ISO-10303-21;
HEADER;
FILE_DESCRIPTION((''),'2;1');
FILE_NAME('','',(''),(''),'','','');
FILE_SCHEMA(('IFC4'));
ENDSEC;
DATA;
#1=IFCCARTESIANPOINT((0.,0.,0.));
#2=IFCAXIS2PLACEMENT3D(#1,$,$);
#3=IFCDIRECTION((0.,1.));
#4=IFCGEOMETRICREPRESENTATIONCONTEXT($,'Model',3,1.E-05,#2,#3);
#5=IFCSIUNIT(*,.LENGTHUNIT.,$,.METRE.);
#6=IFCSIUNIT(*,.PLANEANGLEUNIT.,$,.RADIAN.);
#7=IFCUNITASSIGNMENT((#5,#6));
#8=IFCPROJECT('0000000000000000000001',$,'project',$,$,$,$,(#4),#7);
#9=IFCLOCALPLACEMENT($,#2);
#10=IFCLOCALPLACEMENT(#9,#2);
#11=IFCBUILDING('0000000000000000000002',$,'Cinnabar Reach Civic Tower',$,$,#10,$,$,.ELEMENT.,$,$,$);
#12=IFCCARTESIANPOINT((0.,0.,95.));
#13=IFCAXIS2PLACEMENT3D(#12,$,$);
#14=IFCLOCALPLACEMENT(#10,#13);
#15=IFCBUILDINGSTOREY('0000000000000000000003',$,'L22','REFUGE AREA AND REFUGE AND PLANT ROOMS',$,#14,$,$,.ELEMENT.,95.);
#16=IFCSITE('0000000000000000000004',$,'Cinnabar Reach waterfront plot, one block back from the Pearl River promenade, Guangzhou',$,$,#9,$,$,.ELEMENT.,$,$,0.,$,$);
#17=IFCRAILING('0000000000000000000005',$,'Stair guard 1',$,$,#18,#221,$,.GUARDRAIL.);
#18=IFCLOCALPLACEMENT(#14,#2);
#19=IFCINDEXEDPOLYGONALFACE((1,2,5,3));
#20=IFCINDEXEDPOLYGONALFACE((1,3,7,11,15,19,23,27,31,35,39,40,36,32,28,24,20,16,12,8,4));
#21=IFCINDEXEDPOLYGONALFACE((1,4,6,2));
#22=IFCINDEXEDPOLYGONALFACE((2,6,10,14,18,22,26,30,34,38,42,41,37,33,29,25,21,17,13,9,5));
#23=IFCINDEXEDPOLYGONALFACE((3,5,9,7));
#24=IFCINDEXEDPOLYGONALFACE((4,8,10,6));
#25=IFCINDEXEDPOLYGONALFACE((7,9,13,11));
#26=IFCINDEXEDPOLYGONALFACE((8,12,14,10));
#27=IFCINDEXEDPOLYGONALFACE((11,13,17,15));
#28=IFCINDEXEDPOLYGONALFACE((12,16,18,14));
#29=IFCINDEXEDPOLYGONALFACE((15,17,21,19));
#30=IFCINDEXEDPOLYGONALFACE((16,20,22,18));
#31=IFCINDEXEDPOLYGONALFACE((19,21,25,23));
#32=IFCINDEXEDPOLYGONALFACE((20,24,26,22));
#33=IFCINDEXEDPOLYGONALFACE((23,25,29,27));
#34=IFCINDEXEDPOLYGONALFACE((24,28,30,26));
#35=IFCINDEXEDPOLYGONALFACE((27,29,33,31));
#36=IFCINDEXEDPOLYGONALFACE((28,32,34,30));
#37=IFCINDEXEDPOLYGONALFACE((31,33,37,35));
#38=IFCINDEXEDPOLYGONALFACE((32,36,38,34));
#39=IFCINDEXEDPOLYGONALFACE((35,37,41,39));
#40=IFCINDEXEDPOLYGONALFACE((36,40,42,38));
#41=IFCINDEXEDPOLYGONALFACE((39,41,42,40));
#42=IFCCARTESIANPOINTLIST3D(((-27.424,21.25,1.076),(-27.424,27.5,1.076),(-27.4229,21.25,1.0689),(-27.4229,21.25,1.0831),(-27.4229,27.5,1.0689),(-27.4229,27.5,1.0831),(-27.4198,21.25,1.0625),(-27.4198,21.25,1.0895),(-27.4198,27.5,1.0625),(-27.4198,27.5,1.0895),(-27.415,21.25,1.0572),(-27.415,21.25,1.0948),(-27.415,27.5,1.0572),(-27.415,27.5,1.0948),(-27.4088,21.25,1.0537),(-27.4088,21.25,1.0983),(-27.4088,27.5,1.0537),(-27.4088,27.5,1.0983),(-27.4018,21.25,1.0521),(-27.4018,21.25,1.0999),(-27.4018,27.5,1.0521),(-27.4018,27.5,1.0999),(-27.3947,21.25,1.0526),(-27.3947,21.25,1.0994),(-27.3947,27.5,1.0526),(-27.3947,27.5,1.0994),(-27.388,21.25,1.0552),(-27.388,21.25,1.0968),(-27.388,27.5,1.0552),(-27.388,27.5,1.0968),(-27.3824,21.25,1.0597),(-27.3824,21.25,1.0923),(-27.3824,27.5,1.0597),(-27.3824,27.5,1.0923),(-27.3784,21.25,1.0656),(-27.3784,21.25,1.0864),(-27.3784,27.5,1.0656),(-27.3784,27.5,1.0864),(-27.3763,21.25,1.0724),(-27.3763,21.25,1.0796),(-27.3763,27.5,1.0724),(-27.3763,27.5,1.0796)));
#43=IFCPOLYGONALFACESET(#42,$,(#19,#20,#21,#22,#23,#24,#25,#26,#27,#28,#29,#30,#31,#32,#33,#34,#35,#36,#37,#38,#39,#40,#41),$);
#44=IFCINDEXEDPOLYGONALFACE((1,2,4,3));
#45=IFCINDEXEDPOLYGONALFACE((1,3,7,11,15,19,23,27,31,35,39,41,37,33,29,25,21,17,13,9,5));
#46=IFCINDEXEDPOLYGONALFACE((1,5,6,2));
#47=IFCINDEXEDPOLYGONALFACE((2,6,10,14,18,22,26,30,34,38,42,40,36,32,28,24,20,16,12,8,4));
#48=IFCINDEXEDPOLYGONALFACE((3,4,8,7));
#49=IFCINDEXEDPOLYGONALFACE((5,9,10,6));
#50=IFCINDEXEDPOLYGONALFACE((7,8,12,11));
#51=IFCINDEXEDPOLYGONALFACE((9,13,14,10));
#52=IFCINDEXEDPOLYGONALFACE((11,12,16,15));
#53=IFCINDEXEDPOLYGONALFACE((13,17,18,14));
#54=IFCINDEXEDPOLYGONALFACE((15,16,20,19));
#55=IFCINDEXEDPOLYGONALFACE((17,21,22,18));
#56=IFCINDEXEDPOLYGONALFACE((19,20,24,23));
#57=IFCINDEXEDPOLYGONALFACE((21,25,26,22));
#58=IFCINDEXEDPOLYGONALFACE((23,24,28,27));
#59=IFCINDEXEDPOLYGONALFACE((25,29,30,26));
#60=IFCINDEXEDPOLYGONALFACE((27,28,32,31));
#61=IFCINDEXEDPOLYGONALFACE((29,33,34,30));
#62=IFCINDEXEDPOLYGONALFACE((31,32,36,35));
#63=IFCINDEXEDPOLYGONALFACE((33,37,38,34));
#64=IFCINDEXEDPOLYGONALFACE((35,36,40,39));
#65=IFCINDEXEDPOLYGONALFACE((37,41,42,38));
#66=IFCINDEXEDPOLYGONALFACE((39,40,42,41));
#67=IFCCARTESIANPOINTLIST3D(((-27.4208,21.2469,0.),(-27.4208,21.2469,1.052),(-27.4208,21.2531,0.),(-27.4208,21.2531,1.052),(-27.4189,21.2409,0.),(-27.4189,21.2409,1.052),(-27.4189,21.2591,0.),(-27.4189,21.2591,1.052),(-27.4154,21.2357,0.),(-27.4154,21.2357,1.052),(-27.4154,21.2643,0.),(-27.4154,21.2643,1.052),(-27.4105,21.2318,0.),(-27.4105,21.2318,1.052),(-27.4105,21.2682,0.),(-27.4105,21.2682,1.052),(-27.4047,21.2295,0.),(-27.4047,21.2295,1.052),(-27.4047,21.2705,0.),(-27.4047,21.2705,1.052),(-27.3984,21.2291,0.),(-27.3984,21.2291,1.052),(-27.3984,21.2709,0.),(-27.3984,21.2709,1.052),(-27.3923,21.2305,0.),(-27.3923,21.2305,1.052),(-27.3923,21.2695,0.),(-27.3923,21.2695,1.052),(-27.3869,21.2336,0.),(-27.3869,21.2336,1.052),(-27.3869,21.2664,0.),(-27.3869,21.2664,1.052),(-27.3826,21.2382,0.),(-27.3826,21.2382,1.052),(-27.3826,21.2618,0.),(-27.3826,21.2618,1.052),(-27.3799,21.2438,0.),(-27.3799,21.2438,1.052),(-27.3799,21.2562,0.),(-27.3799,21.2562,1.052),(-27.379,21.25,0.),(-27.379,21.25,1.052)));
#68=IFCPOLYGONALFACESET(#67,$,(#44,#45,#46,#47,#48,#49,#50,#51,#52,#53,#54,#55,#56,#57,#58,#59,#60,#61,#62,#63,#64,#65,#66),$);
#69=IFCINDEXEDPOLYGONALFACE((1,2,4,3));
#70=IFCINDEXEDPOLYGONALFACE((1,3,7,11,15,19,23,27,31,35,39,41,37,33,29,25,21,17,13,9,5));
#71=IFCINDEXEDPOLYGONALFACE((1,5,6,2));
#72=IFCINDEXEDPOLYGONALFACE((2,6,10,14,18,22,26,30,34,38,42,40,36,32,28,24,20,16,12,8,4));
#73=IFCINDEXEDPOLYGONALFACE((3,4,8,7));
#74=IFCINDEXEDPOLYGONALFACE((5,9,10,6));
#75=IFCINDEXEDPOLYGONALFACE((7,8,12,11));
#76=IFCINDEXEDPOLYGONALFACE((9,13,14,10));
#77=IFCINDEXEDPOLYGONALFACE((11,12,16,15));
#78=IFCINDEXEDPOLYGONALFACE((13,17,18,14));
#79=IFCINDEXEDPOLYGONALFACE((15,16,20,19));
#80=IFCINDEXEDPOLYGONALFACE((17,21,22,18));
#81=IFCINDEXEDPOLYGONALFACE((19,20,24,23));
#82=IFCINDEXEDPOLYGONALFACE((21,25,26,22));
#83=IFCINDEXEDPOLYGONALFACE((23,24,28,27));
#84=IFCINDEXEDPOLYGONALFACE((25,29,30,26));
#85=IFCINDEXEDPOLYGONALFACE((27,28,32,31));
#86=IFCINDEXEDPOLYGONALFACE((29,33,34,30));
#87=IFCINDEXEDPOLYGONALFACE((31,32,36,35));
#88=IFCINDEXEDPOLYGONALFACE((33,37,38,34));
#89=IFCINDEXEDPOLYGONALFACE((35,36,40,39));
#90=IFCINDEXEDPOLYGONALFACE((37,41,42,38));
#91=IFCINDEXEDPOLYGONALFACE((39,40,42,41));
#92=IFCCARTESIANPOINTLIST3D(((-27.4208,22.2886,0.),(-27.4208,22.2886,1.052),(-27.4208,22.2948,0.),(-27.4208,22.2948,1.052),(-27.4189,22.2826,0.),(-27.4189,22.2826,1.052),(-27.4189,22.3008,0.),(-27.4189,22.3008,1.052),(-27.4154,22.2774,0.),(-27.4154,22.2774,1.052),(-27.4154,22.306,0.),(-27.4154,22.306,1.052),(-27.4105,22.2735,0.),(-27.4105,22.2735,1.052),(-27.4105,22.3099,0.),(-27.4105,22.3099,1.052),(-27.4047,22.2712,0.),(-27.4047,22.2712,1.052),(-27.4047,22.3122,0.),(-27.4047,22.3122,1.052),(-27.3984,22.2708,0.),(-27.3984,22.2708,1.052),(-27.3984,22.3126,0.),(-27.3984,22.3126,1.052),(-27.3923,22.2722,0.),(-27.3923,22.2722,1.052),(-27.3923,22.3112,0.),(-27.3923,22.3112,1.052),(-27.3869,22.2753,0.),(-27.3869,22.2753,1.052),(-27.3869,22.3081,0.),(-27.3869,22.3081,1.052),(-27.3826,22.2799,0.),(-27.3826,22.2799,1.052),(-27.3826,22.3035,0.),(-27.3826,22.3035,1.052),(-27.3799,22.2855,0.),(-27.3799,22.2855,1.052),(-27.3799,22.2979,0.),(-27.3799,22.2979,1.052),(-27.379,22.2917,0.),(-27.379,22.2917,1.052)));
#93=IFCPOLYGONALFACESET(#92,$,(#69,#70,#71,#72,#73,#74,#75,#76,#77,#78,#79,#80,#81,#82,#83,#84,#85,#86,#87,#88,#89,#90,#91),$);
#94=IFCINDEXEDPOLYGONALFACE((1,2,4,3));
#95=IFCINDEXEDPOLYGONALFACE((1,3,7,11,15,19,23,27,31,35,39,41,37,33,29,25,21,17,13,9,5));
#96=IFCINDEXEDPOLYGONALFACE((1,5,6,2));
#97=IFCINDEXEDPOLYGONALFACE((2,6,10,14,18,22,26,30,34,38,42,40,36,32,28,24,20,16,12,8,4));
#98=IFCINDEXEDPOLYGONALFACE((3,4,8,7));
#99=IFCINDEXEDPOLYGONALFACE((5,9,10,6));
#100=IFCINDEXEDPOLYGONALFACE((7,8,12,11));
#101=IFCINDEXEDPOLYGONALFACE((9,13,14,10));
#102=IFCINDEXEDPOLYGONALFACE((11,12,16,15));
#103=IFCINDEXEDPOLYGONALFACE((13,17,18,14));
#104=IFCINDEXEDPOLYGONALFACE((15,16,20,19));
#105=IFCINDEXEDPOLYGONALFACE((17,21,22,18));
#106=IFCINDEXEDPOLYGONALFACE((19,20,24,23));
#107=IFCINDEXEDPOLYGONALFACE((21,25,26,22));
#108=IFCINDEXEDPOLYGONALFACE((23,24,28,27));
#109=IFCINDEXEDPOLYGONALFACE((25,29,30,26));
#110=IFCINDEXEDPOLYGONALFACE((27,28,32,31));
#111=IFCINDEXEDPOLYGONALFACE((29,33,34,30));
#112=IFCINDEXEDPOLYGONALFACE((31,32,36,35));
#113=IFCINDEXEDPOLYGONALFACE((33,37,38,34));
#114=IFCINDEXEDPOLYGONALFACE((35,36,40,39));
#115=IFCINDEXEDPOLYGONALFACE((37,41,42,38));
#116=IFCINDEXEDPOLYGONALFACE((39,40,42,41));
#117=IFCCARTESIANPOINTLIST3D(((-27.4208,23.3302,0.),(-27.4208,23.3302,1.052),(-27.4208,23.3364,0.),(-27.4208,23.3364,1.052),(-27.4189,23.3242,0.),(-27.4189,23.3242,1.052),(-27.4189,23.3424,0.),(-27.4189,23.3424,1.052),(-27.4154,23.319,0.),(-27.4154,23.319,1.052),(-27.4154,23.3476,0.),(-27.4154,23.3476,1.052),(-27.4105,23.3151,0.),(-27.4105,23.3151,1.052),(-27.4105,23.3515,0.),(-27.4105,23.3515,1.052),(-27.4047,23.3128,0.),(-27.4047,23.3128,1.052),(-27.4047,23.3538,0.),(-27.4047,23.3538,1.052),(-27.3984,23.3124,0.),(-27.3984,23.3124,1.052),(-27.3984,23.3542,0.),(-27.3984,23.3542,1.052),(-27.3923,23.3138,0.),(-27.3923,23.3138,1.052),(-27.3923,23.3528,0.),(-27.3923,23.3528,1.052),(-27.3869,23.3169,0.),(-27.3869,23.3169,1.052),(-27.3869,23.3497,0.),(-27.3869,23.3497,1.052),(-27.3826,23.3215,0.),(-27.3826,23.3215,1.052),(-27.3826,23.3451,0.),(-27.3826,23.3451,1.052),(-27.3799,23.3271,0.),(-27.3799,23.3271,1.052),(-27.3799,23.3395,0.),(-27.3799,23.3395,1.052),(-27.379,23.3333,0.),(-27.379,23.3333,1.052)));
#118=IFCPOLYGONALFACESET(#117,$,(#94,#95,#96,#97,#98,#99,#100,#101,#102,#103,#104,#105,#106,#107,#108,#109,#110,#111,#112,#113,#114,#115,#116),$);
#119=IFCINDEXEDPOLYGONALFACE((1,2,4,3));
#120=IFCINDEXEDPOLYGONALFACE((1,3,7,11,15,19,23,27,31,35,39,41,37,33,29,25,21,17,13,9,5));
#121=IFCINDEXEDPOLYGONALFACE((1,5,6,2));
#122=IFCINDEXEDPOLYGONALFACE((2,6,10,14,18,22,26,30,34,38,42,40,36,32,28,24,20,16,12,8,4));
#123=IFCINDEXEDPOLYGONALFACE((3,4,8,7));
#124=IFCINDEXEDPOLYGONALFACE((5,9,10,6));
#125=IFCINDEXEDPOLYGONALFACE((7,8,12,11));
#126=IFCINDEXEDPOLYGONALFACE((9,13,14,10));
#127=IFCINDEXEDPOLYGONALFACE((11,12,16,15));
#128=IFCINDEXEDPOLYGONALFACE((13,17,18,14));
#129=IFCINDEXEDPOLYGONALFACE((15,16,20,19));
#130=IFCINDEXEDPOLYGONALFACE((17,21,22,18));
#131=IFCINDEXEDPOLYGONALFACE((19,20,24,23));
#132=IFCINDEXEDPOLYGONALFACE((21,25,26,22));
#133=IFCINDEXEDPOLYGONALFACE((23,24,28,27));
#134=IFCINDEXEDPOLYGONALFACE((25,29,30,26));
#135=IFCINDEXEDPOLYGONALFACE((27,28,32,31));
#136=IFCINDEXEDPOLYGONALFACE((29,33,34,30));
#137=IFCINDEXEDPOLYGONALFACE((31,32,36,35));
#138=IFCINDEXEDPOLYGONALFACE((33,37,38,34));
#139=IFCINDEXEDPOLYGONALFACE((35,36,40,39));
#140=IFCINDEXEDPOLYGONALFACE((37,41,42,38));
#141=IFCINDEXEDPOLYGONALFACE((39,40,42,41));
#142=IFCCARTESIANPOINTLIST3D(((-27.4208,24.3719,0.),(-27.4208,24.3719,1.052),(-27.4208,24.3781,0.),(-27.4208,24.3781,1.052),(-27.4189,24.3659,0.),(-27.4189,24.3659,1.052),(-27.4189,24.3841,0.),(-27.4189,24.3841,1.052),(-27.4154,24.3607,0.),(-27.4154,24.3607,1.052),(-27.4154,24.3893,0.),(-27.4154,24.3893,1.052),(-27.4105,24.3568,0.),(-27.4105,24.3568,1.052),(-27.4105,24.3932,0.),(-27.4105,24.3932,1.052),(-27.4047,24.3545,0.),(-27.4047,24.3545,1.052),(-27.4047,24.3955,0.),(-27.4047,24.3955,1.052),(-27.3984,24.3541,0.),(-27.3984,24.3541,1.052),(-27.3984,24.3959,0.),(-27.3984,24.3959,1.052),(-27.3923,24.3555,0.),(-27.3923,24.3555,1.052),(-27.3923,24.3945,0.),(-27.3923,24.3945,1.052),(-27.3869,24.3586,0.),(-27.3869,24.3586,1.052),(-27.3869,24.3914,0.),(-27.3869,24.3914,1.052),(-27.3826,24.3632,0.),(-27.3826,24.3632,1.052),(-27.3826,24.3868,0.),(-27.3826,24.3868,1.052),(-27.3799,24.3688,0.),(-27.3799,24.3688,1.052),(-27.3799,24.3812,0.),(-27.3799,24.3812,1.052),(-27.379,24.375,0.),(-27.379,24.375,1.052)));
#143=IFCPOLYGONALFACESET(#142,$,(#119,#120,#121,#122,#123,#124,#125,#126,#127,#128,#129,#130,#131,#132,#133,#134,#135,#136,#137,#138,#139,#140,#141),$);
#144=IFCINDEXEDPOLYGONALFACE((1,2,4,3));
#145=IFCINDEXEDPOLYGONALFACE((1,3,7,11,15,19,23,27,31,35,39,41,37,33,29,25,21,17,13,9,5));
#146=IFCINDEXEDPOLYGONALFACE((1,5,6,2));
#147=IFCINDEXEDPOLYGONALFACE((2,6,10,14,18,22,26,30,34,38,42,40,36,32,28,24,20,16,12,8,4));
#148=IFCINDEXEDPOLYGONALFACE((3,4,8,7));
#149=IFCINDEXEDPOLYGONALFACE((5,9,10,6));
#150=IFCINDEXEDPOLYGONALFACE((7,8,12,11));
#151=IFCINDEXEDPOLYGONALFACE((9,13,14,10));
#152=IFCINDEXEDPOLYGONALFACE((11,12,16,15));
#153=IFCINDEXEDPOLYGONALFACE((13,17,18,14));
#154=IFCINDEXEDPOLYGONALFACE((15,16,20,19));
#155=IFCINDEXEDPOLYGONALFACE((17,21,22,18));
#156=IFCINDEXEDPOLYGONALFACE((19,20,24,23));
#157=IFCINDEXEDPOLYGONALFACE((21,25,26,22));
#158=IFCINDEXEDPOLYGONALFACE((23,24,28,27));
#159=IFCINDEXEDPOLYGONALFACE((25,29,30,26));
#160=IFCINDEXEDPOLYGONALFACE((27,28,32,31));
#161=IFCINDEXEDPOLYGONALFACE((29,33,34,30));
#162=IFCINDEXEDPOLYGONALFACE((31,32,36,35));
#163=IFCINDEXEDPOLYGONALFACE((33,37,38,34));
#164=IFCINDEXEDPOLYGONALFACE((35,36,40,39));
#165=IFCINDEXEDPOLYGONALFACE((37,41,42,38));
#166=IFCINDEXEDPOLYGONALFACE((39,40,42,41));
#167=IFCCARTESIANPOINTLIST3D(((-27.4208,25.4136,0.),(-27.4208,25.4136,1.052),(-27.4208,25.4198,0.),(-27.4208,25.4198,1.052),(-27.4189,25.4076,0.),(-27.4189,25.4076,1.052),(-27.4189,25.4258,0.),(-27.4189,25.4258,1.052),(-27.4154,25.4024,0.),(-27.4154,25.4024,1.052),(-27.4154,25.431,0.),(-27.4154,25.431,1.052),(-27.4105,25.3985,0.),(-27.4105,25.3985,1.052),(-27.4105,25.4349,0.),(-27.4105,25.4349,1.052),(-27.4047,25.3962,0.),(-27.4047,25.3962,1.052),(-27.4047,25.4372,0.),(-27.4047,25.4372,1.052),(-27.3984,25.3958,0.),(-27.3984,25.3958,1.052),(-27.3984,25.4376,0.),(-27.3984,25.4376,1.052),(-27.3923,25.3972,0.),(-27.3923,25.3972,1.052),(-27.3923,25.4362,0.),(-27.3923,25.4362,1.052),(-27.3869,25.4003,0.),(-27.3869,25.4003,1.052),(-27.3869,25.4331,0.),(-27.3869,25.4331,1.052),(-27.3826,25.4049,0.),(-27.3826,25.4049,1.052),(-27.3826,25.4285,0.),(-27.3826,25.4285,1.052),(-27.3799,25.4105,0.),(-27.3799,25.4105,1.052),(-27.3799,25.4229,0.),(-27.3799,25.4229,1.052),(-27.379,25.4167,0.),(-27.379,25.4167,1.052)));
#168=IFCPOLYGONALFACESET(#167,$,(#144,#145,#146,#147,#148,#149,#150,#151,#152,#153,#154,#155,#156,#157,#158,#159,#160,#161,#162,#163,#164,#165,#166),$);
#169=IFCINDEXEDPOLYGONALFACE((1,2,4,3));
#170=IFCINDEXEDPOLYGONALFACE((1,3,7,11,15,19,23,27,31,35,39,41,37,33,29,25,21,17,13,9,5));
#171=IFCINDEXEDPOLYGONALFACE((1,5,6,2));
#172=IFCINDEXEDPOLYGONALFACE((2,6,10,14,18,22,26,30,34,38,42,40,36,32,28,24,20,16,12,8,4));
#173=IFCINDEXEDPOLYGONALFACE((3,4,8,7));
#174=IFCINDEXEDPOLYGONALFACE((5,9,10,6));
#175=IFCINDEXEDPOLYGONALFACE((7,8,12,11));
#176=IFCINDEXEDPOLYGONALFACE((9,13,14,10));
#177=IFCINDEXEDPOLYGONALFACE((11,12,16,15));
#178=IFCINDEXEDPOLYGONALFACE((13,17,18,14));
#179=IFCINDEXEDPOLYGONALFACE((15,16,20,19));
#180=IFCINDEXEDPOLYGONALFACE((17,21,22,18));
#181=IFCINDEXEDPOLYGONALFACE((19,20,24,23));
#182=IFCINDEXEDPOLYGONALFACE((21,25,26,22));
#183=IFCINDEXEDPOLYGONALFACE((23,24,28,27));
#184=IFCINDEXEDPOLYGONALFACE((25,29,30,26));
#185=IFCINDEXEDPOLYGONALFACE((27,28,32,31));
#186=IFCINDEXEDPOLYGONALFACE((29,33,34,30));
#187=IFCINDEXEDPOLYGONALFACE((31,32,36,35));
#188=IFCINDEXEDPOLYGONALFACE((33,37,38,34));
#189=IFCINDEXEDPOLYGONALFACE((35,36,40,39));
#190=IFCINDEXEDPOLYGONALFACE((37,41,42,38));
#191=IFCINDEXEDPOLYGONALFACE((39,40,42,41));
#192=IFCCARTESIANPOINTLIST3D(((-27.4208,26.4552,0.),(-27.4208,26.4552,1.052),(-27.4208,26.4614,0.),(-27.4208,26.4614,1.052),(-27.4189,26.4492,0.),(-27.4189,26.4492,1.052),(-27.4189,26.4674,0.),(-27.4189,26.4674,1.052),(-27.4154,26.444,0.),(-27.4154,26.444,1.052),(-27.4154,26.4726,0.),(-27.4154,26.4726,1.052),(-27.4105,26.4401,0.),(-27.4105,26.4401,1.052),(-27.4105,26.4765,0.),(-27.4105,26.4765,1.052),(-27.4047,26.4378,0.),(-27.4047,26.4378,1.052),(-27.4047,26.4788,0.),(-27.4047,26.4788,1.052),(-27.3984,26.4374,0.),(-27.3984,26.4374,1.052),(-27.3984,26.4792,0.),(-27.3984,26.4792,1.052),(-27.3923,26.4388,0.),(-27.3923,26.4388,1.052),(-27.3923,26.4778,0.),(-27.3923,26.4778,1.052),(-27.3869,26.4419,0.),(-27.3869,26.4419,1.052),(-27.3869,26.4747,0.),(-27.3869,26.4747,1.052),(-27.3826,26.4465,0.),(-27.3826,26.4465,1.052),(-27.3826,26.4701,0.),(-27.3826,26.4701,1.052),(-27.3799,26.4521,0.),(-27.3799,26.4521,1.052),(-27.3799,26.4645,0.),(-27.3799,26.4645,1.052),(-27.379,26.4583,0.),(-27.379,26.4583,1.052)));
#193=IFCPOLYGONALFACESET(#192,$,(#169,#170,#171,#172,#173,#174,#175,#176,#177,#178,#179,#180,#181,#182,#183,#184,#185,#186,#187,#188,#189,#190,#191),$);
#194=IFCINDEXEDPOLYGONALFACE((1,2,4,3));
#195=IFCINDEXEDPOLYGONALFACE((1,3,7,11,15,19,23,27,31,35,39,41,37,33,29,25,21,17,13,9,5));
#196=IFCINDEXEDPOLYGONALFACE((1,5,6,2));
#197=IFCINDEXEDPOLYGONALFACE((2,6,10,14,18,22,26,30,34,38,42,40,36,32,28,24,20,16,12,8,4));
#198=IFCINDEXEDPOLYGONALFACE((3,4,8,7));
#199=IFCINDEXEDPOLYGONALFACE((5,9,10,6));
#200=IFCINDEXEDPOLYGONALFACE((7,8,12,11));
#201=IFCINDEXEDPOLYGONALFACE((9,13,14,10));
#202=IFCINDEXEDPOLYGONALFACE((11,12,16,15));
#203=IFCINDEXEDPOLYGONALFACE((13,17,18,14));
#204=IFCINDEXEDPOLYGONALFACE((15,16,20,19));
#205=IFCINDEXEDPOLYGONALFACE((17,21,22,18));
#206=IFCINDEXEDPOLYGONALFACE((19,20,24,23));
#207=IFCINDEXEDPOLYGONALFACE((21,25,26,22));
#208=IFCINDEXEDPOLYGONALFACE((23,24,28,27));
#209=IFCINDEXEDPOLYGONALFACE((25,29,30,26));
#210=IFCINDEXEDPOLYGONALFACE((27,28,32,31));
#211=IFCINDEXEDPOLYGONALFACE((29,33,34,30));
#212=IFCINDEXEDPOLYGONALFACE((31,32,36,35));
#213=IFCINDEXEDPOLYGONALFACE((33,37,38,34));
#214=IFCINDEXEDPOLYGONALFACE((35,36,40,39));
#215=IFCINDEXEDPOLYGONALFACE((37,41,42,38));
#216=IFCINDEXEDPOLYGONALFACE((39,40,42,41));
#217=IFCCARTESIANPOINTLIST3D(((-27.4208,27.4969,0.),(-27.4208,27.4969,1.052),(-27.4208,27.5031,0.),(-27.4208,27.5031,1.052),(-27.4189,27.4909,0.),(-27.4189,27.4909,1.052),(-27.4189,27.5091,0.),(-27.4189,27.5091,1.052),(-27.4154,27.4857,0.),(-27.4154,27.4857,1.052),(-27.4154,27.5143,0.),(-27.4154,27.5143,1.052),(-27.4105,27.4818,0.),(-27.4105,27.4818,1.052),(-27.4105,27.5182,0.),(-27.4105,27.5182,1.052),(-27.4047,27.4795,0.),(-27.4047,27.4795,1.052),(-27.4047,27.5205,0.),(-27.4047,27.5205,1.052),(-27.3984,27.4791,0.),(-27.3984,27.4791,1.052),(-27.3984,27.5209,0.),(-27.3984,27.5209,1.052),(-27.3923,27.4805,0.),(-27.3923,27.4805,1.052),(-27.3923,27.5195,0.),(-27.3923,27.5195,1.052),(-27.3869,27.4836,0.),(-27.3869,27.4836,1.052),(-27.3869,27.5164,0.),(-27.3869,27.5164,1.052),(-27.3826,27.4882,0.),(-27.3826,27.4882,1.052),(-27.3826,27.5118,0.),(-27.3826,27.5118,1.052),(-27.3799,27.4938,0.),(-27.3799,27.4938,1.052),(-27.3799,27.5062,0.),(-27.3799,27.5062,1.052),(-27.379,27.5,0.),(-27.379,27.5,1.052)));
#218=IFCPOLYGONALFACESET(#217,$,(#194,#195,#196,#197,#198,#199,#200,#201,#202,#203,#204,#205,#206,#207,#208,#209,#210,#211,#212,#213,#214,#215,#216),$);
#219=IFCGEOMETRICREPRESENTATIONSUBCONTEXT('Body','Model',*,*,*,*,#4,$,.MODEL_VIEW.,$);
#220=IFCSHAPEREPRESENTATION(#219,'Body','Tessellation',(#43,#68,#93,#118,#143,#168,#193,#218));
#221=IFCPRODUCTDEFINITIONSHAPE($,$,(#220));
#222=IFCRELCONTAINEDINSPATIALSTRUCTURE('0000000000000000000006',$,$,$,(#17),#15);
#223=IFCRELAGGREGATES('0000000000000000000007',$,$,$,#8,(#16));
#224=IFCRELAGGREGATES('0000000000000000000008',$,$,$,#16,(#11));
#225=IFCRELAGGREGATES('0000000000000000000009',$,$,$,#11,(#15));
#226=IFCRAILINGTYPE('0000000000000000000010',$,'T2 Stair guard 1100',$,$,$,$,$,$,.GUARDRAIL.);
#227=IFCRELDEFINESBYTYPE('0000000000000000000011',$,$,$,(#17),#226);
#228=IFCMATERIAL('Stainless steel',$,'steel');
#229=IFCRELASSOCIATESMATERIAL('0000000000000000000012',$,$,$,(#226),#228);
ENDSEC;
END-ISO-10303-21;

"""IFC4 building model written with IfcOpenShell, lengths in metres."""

from ifc_helpers import new_model, si_unit, direction, frame, origin, origin_2d, place, context, subcontext, project, spatial, circle, extrude, material, type_object, element, save


model = new_model("IFC4")

# Units and contexts
model_context = context("Model", 3, precision=1e-05, world=origin(), true_north=direction((0.0, 1.0)))
body_context = subcontext(model_context, "Body", "Model", "MODEL_VIEW")
ifc_project = project(units=[si_unit("LENGTHUNIT", "METRE"), si_unit("PLANEANGLEUNIT", "RADIAN")], contexts=[model_context])

# Site, building, storey
site_placement = place(None, origin())
site = spatial("IfcSite", under=ifc_project, at=site_placement, Name="Cinnabar Reach waterfront plot, one block back from the Pearl River promenade, Guangzhou", CompositionType="ELEMENT", RefElevation=0.0)
building_placement = place(site_placement, origin())
building = spatial("IfcBuilding", under=site, at=building_placement, Name="Cinnabar Reach Civic Tower", CompositionType="ELEMENT")
storey_placement = place(building_placement, frame((0.0, 0.0, 95.0)))
storey = spatial("IfcBuildingStorey", under=building, at=storey_placement, Name="L22", Description="REFUGE AREA AND REFUGE AND PLANT ROOMS", CompositionType="ELEMENT", Elevation=95.0)

# Railing
ifc_material_1 = material(Name="Stainless steel", Category="steel")
railing_type = type_object("IfcRailingType", Name="T2 Stair guard 1100", PredefinedType="GUARDRAIL", material=ifc_material_1)
for number, where, name in (
    (1, (-27.4, 21.25, 0.0), "Stair guard 1"),
):
    element("IfcRailing", number, at=place(storey_placement, frame(where)), inside=storey, type_object=railing_type, Name=name, PredefinedType="GUARDRAIL", context=body_context, shape_type="SweptSolid", body=[
        extrude(circle(Radius=0.024, at=origin_2d()), frame((0.0, 0.0, 1.076), z_axis=(0.0, 1.0, 0.0), x_axis=(-1.0, 0.0, 0.0)), (0.0, 0.0, 1.0), 6.25),
        extrude(circle(Radius=0.021, at=origin_2d()), origin(), (0.0, 0.0, 1.0), 1.052),
        extrude(circle(Radius=0.021, at=origin_2d()), frame((0.0, 1.0417, 0.0)), (0.0, 0.0, 1.0), 1.052),
        extrude(circle(Radius=0.021, at=origin_2d()), frame((0.0, 2.0833, 0.0)), (0.0, 0.0, 1.0), 1.052),
        extrude(circle(Radius=0.021, at=origin_2d()), frame((0.0, 3.125, 0.0)), (0.0, 0.0, 1.0), 1.052),
        extrude(circle(Radius=0.021, at=origin_2d()), frame((0.0, 4.1667, 0.0)), (0.0, 0.0, 1.0), 1.052),
        extrude(circle(Radius=0.021, at=origin_2d()), frame((0.0, 5.2083, 0.0)), (0.0, 0.0, 1.0), 1.052),
        extrude(circle(Radius=0.021, at=origin_2d()), frame((0.0, 6.25, 0.0)), (0.0, 0.0, 1.0), 1.052),
    ])

save(model, "model.ifc")
